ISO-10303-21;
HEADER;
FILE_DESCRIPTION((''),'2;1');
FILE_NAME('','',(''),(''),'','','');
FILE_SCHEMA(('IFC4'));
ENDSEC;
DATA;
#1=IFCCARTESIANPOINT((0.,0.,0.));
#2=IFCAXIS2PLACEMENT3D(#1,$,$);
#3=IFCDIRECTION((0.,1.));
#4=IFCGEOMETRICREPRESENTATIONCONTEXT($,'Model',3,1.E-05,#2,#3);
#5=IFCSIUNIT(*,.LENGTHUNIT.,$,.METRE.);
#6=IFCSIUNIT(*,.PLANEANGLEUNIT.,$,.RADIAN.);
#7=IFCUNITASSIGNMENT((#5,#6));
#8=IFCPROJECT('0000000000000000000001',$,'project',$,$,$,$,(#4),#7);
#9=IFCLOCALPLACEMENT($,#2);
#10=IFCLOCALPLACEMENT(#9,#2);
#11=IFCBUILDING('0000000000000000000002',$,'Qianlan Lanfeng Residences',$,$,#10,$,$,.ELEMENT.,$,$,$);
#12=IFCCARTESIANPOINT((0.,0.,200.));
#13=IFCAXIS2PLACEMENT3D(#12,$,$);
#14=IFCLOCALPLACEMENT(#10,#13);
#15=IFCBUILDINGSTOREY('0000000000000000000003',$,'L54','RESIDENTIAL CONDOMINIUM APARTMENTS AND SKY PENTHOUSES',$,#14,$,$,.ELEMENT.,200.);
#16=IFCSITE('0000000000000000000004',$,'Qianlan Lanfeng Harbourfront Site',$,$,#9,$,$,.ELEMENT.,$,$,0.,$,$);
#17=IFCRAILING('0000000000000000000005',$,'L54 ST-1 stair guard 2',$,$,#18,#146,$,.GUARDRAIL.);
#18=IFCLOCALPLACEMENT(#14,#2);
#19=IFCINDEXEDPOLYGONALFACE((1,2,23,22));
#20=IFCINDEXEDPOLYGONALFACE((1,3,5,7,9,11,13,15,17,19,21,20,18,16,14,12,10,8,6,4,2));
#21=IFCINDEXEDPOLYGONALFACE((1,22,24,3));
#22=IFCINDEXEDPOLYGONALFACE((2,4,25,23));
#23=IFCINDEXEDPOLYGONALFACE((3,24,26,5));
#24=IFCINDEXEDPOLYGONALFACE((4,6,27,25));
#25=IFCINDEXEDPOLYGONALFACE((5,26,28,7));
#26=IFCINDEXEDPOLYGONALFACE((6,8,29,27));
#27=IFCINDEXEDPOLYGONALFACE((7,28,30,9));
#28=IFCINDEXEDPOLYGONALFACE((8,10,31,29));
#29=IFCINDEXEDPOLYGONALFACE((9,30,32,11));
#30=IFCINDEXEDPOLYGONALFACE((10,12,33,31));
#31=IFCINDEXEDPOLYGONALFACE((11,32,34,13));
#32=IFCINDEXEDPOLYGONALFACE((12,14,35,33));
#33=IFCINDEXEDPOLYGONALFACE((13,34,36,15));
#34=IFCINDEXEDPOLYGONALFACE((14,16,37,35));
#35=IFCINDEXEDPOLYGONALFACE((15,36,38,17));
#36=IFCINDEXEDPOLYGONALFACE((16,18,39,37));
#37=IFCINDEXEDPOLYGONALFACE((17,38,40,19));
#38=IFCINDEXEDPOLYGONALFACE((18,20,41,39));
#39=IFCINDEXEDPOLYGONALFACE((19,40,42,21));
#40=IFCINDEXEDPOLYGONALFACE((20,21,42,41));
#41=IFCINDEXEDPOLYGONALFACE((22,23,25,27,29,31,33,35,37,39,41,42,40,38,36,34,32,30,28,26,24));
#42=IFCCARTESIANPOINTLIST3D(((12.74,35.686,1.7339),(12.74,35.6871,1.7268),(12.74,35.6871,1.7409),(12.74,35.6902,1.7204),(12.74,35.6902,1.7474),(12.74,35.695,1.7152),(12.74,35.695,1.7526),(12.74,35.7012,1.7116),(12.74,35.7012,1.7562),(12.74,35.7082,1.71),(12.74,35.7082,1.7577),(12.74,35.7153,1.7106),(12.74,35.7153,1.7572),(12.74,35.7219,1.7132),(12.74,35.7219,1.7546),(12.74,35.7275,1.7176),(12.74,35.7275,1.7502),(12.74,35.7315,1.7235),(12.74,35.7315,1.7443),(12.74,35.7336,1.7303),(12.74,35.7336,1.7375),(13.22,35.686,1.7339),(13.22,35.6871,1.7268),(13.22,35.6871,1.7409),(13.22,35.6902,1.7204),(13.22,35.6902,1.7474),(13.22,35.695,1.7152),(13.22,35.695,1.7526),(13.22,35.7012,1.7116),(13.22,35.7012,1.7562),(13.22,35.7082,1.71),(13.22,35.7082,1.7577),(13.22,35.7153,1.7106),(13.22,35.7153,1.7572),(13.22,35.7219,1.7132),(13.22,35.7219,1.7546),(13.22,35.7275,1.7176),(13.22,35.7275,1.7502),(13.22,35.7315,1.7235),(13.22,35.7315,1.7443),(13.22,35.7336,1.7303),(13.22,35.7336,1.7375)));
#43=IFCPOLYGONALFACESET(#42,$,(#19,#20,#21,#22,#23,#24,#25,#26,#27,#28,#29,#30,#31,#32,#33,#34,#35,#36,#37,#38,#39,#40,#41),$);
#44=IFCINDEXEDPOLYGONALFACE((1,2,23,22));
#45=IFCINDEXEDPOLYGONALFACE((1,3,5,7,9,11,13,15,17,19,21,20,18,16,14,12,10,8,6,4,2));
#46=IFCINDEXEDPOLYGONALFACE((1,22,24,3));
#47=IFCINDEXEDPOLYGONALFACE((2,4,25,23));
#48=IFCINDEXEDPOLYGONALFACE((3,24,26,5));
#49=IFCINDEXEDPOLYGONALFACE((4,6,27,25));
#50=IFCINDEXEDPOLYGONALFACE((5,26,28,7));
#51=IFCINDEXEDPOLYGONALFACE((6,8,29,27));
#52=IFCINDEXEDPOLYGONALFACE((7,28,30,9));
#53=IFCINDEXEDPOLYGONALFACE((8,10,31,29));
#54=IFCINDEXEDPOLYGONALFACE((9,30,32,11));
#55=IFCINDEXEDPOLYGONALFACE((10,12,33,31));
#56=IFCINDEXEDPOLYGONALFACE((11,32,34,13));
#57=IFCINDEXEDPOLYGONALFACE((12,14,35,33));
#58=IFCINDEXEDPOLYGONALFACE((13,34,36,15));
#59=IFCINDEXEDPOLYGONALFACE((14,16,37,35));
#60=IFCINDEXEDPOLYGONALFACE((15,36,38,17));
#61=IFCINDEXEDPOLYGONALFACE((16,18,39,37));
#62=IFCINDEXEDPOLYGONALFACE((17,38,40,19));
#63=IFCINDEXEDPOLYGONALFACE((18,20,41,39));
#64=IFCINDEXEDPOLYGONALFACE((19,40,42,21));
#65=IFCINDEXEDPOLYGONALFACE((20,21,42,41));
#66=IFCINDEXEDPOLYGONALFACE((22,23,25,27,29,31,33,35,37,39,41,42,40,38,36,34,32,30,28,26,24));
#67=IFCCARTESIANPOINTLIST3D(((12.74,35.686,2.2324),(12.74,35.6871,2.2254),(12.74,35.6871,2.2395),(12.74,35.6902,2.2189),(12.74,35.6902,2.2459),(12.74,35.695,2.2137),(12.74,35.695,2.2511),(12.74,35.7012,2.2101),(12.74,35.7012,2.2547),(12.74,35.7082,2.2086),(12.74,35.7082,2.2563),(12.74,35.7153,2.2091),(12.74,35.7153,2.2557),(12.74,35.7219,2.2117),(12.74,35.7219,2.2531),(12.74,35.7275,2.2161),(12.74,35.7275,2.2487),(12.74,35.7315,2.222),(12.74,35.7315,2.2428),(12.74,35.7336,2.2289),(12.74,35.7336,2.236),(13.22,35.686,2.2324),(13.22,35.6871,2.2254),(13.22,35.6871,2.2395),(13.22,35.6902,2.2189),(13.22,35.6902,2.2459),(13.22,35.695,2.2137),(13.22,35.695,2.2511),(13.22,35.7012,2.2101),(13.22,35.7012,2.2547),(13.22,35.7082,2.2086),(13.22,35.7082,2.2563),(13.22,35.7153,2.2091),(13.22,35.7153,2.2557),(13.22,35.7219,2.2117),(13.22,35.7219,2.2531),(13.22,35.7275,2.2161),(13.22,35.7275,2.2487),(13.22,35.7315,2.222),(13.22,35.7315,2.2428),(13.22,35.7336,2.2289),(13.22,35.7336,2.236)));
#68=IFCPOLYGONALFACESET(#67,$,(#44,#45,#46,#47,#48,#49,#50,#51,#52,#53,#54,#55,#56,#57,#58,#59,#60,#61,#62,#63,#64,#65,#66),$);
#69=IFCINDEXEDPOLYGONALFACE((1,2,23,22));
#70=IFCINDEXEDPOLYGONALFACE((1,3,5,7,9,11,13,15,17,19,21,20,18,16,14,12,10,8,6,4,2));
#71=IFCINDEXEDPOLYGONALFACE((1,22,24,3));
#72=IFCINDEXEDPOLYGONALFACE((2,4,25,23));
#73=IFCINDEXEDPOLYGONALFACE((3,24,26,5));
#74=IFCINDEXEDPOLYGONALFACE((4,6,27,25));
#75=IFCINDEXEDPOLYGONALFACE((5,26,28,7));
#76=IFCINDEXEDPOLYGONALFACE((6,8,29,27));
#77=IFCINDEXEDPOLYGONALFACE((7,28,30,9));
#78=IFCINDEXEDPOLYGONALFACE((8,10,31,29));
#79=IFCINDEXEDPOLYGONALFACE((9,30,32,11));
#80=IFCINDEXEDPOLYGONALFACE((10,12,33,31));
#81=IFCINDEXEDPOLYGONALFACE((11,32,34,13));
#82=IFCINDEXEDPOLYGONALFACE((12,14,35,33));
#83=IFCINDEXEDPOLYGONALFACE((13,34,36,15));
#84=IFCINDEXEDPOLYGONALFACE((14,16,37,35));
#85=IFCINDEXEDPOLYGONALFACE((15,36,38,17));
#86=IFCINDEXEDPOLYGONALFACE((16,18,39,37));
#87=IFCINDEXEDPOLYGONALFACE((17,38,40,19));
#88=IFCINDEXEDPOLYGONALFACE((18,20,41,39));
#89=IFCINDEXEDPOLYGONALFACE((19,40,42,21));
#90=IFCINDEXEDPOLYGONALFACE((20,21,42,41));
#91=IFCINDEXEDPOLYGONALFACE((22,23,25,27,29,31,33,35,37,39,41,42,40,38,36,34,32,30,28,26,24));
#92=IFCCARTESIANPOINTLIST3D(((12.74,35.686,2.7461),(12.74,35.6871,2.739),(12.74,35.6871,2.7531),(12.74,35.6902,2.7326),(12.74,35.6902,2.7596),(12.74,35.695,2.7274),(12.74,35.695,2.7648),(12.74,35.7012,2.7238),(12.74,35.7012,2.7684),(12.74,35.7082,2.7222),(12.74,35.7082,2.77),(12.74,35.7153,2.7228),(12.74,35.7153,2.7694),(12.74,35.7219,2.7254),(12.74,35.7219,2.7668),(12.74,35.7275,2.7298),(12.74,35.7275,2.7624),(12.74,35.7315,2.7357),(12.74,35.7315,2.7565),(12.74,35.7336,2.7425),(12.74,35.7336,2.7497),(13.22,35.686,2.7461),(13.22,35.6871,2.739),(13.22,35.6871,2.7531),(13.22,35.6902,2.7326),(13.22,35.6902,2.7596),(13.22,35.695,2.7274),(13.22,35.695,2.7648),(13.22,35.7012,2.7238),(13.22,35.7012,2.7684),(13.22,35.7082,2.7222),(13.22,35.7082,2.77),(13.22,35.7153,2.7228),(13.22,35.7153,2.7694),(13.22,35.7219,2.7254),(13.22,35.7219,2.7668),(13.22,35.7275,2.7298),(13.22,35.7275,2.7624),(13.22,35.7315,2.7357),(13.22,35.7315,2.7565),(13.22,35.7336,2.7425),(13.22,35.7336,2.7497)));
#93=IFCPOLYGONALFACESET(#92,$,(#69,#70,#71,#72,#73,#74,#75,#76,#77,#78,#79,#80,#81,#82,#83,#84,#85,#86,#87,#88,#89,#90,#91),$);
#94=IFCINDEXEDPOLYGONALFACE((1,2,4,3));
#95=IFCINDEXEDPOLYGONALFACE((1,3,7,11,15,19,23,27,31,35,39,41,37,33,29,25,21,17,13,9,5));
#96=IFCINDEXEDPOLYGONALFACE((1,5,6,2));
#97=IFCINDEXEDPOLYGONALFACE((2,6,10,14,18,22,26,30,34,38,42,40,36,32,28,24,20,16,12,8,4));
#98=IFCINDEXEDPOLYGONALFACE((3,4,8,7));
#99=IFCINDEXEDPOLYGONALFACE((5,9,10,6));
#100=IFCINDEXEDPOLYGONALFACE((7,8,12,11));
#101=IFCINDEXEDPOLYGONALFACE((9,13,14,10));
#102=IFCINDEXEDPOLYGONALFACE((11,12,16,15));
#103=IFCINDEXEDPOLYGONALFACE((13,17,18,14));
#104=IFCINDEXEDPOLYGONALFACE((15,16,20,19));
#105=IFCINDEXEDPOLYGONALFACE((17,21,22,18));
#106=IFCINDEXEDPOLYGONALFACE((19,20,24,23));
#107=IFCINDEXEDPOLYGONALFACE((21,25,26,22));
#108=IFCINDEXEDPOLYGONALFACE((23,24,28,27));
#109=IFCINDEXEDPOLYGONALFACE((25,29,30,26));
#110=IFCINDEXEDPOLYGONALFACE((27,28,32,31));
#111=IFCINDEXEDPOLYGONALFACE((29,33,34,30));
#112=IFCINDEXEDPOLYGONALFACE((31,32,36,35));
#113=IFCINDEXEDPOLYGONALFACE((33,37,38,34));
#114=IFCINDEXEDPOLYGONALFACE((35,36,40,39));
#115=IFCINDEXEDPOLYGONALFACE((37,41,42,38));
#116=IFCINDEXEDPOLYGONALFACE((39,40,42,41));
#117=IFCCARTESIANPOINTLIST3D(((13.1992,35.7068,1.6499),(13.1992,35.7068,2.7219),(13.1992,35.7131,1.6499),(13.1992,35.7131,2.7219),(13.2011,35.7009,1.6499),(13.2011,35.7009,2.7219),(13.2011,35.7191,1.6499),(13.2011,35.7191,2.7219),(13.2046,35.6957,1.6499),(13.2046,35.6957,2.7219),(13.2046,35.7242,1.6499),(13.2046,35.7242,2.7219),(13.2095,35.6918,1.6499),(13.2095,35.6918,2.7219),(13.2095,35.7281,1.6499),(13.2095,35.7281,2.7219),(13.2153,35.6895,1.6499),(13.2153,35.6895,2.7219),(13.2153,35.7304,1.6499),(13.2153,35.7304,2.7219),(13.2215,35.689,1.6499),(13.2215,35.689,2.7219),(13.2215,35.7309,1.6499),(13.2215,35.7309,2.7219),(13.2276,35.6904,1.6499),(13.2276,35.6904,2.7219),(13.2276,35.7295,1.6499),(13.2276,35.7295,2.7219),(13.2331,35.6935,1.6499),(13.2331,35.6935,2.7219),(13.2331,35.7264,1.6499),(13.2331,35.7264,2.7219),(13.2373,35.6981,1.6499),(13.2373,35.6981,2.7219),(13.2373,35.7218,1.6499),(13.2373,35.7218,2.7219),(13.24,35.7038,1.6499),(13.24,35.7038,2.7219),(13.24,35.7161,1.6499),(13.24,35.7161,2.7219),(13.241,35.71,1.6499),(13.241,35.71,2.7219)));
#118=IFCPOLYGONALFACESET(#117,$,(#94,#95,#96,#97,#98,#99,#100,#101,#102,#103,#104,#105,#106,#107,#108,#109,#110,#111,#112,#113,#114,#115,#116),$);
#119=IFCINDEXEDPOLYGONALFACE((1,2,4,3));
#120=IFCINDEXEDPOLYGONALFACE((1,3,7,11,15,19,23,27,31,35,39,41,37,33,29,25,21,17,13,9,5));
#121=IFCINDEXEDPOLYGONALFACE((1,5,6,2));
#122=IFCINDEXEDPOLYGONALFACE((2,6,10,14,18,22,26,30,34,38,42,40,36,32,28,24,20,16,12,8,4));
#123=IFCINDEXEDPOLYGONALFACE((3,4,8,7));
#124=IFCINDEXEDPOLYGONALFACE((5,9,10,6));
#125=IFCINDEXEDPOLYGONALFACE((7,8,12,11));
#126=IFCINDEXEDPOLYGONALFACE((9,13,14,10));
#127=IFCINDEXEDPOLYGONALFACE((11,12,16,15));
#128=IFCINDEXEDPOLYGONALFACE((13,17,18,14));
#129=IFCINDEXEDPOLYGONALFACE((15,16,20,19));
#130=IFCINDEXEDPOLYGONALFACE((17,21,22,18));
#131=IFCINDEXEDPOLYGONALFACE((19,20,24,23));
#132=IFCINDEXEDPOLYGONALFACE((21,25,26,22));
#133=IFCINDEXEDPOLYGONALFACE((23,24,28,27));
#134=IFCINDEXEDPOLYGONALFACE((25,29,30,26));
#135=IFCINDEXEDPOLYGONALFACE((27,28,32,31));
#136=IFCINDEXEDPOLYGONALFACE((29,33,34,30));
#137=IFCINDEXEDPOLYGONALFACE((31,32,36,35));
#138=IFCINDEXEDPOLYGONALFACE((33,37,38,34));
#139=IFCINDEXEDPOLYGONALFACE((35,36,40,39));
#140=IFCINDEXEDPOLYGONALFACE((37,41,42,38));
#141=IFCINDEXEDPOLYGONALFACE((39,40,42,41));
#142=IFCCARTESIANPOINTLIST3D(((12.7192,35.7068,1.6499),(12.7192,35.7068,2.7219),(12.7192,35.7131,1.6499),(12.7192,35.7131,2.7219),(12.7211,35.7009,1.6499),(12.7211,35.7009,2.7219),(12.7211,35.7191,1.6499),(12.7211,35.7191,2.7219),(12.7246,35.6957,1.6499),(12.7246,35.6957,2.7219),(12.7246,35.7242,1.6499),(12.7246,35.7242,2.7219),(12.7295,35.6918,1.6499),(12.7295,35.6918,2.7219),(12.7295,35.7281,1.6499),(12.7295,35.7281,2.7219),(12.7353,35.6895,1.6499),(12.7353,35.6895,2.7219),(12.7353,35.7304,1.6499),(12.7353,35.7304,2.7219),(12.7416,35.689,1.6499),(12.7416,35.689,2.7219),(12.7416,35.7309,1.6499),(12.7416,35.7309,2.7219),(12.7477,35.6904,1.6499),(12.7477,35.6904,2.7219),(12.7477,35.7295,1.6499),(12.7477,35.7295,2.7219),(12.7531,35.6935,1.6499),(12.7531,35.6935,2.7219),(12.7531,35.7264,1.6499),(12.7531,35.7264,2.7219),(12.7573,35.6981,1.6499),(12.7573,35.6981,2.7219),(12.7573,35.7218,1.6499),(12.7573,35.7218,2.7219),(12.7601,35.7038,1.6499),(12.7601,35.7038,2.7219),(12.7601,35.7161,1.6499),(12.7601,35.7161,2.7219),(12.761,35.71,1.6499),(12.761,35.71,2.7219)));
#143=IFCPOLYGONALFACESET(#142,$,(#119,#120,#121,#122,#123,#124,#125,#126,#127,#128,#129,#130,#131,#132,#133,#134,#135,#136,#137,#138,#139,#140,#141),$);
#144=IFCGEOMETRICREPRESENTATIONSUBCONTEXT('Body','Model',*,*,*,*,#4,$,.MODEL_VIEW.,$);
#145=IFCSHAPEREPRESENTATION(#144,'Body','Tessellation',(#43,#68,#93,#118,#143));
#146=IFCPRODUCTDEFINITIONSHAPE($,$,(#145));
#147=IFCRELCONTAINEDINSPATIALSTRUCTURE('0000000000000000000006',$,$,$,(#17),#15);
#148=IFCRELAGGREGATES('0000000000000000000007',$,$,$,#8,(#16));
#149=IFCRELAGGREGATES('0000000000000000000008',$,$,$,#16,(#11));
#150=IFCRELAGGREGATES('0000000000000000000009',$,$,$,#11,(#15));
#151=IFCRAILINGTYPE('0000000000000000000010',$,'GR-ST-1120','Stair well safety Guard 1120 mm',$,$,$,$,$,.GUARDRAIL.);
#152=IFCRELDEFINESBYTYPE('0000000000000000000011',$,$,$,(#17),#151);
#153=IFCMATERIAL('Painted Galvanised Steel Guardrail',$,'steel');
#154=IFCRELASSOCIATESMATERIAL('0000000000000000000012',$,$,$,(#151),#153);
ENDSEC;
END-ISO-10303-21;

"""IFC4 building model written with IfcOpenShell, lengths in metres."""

from ifc_helpers import new_model, si_unit, direction, frame, origin, origin_2d, place, context, subcontext, project, spatial, circle, extrude, material, type_object, element, save


model = new_model("IFC4")

# Units and contexts
model_context = context("Model", 3, precision=1e-05, world=origin(), true_north=direction((0.0, 1.0)))
body_context = subcontext(model_context, "Body", "Model", "MODEL_VIEW")
ifc_project = project(units=[si_unit("LENGTHUNIT", "METRE"), si_unit("PLANEANGLEUNIT", "RADIAN")], contexts=[model_context])

# Site, building, storey
site_placement = place(None, origin())
site = spatial("IfcSite", under=ifc_project, at=site_placement, Name="Qianlan Lanfeng Harbourfront Site", CompositionType="ELEMENT", RefElevation=0.0)
building_placement = place(site_placement, origin())
building = spatial("IfcBuilding", under=site, at=building_placement, Name="Qianlan Lanfeng Residences", CompositionType="ELEMENT")
storey_placement = place(building_placement, frame((0.0, 0.0, 200.0)))
storey = spatial("IfcBuildingStorey", under=building, at=storey_placement, Name="L54", Description="RESIDENTIAL CONDOMINIUM APARTMENTS AND SKY PENTHOUSES", CompositionType="ELEMENT", Elevation=200.0)

# Railing
ifc_material_1 = material(Name="Painted Galvanised Steel Guardrail", Category="steel")
railing_type_1 = type_object("IfcRailingType", Name="GR-ST-1120", Description="Stair well safety Guard 1120 mm", PredefinedType="GUARDRAIL", material=ifc_material_1)
railing_1_placement = place(storey_placement, frame((13.22, 35.71, 1.6499)))
element("IfcRailing", 1, at=railing_1_placement, inside=storey, type_object=railing_type_1, Name="L54 ST-1 stair guard 2", PredefinedType="GUARDRAIL", context=body_context, shape_type="SweptSolid", body=[
    extrude(circle(Radius=0.0239, at=origin_2d()), frame((0.0, 0.0, 0.084), z_axis=(-1.0, 0.0, 0.0), x_axis=(0.0, -1.0, 0.0)), (0.0, 0.0, 1.0), 0.48),
    extrude(circle(Radius=0.0239, at=origin_2d()), frame((0.0, 0.0, 0.5825), z_axis=(-1.0, 0.0, 0.0), x_axis=(0.0, -1.0, 0.0)), (0.0, 0.0, 1.0), 0.48),
    extrude(circle(Radius=0.0239, at=origin_2d()), frame((0.0, 0.0, 1.0962), z_axis=(-1.0, 0.0, 0.0), x_axis=(0.0, -1.0, 0.0)), (0.0, 0.0, 1.0), 0.48),
    extrude(circle(Radius=0.021, at=origin_2d()), origin(), (0.0, 0.0, 1.0), 1.072),
    extrude(circle(Radius=0.021, at=origin_2d()), frame((-0.48, 0.0, 0.0)), (0.0, 0.0, 1.0), 1.072),
])

save(model, "model.ifc")
